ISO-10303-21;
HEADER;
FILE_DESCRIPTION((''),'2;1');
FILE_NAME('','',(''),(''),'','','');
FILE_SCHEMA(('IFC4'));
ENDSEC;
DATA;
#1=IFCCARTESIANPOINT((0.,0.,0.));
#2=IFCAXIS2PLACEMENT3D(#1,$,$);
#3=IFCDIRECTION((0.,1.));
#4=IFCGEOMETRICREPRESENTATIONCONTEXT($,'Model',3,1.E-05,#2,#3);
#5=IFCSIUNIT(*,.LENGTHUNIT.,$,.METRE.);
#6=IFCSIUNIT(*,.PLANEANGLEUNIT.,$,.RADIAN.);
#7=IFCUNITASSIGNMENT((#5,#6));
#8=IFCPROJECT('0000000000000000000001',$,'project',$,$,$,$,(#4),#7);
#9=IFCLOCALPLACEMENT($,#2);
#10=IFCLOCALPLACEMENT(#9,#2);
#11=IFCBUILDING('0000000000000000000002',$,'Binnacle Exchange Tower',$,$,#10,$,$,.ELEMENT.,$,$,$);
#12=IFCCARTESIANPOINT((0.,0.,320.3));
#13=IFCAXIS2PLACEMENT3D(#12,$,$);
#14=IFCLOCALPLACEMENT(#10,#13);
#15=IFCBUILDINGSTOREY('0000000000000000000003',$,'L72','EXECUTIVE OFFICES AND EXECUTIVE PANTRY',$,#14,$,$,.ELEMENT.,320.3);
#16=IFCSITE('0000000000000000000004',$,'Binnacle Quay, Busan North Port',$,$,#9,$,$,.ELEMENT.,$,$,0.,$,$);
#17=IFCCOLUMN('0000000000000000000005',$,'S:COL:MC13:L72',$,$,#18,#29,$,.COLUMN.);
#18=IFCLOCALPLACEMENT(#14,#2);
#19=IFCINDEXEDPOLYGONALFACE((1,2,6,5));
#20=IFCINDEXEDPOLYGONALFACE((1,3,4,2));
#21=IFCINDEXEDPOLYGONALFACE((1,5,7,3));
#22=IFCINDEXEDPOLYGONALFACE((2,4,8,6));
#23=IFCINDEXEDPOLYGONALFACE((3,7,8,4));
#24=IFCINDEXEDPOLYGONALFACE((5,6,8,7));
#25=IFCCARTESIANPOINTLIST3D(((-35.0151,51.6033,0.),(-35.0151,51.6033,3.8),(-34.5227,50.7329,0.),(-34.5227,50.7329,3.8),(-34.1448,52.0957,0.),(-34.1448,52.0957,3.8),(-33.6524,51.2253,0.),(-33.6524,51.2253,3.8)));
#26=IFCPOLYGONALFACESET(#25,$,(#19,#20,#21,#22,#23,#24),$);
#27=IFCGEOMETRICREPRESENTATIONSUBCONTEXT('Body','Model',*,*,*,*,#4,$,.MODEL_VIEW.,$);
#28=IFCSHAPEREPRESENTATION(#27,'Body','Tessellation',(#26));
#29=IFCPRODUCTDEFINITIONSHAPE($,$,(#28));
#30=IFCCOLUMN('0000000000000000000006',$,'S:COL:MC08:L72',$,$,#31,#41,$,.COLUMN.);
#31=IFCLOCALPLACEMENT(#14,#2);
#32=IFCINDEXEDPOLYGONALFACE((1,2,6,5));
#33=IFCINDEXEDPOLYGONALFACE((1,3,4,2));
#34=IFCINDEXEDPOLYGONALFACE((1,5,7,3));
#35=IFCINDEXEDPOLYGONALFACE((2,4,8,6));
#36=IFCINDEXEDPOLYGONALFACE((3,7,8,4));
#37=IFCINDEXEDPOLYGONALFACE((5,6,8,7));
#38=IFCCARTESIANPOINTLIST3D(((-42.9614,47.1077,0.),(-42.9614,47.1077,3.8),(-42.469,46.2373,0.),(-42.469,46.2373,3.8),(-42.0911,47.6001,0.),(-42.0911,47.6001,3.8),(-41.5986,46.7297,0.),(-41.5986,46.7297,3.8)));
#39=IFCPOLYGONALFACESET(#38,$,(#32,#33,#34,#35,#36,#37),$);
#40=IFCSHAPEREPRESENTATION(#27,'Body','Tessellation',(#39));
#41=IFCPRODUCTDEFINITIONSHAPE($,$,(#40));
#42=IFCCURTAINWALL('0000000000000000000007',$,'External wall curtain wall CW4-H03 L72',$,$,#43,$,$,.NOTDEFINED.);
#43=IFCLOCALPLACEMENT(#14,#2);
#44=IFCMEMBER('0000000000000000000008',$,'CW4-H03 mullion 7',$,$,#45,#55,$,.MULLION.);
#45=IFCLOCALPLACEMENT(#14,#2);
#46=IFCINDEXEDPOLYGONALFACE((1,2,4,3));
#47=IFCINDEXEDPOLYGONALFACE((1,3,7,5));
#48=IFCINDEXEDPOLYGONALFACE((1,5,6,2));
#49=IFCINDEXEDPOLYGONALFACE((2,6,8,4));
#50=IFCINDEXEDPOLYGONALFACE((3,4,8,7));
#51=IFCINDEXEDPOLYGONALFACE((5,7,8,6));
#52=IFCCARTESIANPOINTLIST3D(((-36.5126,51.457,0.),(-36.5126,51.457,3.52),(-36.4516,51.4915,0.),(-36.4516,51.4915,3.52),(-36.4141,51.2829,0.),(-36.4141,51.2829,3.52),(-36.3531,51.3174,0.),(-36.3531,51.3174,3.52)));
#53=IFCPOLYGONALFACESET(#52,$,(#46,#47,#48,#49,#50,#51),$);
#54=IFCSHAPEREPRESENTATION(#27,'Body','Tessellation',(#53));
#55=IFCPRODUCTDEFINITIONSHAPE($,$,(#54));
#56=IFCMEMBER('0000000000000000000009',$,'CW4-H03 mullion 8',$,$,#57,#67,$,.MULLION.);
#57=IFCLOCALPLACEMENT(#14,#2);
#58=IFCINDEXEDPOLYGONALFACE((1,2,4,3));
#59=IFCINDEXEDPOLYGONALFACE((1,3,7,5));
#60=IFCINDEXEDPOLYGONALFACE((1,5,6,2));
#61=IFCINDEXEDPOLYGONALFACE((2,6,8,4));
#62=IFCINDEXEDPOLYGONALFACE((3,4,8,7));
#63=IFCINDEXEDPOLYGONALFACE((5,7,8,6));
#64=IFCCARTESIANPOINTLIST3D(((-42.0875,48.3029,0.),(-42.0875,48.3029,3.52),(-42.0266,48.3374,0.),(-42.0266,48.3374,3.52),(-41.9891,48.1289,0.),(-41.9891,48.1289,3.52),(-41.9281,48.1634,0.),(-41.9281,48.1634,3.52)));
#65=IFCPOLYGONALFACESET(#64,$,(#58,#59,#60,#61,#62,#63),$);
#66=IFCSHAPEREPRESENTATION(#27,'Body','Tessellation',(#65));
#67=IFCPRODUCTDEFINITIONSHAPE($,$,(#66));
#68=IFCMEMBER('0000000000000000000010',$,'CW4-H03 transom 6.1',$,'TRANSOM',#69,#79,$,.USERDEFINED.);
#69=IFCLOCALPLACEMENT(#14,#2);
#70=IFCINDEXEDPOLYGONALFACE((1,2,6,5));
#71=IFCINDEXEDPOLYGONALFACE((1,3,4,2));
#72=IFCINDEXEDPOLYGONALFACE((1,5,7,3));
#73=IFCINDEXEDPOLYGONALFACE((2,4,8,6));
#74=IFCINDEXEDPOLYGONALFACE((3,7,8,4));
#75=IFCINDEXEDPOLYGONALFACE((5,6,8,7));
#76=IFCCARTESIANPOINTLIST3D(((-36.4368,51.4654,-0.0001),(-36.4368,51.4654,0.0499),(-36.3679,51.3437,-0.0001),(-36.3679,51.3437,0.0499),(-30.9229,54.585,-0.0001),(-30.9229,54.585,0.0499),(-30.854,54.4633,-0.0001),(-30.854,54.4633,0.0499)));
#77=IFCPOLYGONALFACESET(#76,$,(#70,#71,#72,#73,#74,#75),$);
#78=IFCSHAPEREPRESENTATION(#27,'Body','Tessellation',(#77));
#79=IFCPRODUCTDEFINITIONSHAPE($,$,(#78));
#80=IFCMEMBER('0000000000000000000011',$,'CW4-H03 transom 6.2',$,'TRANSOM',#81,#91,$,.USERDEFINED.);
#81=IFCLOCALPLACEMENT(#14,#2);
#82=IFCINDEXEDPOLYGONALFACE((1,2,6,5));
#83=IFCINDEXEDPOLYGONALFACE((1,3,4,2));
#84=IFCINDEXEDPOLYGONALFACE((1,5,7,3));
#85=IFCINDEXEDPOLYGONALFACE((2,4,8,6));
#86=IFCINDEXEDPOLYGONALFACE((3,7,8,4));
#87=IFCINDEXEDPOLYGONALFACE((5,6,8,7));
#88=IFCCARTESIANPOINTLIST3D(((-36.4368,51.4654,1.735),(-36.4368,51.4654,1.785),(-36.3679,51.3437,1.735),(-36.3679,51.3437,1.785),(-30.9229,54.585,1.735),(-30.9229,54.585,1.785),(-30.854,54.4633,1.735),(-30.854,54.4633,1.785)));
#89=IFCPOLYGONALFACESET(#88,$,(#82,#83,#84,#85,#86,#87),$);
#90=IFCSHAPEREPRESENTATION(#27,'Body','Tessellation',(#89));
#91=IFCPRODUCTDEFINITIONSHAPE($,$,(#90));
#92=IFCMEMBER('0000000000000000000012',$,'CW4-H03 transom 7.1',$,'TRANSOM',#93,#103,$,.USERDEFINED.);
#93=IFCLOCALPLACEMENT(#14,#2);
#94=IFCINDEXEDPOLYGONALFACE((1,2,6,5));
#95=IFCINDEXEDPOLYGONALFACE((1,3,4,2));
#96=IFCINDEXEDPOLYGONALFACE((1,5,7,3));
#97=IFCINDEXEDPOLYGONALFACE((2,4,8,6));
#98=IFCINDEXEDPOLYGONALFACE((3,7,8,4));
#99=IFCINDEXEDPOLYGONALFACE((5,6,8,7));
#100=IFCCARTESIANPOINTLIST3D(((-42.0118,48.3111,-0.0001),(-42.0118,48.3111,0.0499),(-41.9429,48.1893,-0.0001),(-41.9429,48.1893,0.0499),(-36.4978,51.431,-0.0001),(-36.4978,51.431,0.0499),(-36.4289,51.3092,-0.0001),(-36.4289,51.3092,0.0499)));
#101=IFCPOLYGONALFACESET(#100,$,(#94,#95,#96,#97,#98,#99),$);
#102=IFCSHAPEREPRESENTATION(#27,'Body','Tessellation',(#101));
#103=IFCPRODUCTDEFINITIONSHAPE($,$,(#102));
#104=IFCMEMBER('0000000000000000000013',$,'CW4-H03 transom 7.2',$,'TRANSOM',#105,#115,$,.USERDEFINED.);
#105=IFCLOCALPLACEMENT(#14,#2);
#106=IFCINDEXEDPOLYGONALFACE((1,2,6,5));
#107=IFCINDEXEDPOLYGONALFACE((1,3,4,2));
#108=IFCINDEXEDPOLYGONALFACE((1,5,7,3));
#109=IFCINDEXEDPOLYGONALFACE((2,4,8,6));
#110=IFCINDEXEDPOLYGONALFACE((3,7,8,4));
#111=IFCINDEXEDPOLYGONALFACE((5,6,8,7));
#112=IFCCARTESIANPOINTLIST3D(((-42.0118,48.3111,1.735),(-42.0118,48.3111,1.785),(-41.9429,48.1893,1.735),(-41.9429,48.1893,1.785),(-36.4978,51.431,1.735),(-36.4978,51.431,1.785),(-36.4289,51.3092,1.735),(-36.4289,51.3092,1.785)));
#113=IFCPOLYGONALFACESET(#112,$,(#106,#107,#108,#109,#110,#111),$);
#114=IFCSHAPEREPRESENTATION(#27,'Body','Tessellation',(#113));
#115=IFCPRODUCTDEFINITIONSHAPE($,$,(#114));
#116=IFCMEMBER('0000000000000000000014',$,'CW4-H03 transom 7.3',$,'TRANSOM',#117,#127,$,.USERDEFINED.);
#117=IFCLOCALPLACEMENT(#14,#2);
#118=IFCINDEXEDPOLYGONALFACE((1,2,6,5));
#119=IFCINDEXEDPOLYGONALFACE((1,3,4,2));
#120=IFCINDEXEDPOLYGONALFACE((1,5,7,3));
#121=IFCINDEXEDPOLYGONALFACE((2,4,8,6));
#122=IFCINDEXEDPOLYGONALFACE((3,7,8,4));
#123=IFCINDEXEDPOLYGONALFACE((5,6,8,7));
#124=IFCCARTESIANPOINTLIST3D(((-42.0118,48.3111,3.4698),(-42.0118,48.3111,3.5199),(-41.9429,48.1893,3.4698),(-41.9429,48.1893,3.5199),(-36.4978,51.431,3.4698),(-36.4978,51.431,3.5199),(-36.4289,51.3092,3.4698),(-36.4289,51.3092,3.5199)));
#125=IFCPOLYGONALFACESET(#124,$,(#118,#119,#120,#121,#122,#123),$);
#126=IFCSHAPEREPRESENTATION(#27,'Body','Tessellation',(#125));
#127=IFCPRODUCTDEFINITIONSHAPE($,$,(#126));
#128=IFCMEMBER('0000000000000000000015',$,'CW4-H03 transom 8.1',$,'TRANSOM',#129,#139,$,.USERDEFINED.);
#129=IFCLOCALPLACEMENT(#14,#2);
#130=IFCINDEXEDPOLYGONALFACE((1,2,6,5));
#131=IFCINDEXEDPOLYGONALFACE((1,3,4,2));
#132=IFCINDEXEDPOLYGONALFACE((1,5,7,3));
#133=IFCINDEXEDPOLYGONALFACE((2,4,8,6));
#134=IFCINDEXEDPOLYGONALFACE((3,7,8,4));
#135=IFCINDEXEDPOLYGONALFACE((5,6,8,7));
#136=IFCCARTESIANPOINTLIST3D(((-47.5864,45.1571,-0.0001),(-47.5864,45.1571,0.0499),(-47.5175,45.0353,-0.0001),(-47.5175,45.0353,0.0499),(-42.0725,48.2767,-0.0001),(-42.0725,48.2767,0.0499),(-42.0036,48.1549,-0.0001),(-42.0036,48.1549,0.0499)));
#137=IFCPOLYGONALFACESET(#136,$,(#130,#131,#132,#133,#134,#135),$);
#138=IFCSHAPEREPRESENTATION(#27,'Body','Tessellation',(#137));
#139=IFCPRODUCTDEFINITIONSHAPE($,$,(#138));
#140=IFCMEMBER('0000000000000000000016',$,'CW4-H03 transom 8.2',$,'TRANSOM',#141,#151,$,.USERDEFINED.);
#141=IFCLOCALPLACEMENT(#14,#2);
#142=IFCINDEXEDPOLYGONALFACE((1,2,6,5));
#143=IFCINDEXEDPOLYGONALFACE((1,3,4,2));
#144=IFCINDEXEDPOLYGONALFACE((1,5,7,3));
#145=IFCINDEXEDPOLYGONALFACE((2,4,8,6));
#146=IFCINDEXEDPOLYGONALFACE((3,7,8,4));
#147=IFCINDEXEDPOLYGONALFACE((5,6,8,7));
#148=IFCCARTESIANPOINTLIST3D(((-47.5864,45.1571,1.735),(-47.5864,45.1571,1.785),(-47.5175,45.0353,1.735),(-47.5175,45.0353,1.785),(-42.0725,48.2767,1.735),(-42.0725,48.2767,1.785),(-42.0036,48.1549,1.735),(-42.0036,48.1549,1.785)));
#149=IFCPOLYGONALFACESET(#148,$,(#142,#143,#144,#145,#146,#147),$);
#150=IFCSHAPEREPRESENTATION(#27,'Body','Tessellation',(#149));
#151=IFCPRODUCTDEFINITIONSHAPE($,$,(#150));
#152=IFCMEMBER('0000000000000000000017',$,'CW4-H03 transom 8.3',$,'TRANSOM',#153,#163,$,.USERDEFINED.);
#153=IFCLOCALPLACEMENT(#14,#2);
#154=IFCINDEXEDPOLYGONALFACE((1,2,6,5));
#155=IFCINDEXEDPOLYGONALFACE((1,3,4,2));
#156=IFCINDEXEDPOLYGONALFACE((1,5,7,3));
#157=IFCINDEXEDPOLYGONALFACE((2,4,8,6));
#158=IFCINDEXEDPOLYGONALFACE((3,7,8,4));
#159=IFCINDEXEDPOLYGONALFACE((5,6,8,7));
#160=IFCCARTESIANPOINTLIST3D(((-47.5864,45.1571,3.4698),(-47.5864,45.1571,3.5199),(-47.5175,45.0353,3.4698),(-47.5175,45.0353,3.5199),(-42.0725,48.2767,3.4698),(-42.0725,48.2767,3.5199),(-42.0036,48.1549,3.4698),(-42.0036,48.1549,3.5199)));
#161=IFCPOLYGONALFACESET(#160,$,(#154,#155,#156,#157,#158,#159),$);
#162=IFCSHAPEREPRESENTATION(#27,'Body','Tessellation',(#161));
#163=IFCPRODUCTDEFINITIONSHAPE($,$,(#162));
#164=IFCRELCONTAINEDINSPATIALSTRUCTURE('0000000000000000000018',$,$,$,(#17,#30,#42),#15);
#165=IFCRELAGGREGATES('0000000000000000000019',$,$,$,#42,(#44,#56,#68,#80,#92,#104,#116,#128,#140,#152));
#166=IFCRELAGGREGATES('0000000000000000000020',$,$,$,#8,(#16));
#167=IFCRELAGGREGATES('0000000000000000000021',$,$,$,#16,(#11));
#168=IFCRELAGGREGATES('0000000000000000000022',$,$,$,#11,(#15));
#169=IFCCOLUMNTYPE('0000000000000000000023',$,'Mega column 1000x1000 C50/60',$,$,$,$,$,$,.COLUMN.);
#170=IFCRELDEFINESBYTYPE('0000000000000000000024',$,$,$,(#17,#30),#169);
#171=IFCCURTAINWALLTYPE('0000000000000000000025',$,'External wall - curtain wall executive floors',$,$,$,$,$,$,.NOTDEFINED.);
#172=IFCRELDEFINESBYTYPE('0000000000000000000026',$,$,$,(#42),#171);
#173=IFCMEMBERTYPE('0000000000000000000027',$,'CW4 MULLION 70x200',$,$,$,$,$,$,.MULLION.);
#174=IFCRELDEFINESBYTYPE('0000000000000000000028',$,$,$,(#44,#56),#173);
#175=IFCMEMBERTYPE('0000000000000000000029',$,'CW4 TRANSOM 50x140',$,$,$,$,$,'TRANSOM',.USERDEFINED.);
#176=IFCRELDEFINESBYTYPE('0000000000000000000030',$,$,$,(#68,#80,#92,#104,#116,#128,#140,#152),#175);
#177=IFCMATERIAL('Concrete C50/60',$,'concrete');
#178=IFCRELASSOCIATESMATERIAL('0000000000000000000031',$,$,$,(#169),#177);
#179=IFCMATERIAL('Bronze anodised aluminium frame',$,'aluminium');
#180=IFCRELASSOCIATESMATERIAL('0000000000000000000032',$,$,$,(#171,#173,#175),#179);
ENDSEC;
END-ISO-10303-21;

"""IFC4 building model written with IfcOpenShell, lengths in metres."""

from ifc_helpers import new_model, si_unit, direction, frame, origin, origin_2d, place, context, subcontext, project, spatial, rectangle, extrude, material, material_profile, profile_set, type_object, element, aggregate, save


model = new_model("IFC4")

# Units and contexts
model_context = context("Model", 3, precision=1e-05, world=origin(), true_north=direction((0.0, 1.0)))
body_context = subcontext(model_context, "Body", "Model", "MODEL_VIEW")
ifc_project = project(units=[si_unit("LENGTHUNIT", "METRE"), si_unit("PLANEANGLEUNIT", "RADIAN")], contexts=[model_context])

# Site, building, storey
site_placement = place(None, origin())
site = spatial("IfcSite", under=ifc_project, at=site_placement, Name="Binnacle Quay, Busan North Port", CompositionType="ELEMENT", RefElevation=0.0)
building_placement = place(site_placement, origin())
building = spatial("IfcBuilding", under=site, at=building_placement, Name="Binnacle Exchange Tower", CompositionType="ELEMENT")
storey_placement = place(building_placement, frame((0.0, 0.0, 320.3)))
storey = spatial("IfcBuildingStorey", under=building, at=storey_placement, Name="L72", Description="EXECUTIVE OFFICES AND EXECUTIVE PANTRY", CompositionType="ELEMENT", Elevation=320.3)

# Columns
ifc_material_1 = material(Name="Concrete C50/60", Category="concrete")
ifc_material_profile_1 = material_profile(ifc_material_1, rectangle(XDim=1.0, YDim=1.0, at=origin_2d()), Name="Mega column 1000x1000 C50/60")
ifc_profile_set_1 = profile_set([ifc_material_profile_1], Name="Concrete C50/60")
column_type = type_object("IfcColumnType", Name="Mega column 1000x1000 C50/60", PredefinedType="COLUMN", material=ifc_profile_set_1)
for number, where, z_axis, x_axis, name in (
    (1, (-34.3337, 51.4143, 0.0), (0.0, 0.0, 1.0), (-0.870356, -0.492424, 0.0), "S:COL:MC13:L72"),
    (2, (-42.28, 46.9187, 0.0), (0.0, 0.0, 1.0), (-0.870356, -0.492424, 0.0), "S:COL:MC08:L72"),
):
    element("IfcColumn", number, at=place(storey_placement, frame(where, z_axis=z_axis, x_axis=x_axis)), inside=storey, type_object=column_type, Name=name, PredefinedType="COLUMN", context=body_context, shape_type="SweptSolid", body=[
        extrude(rectangle(XDim=1.0, YDim=1.0, at=origin_2d()), origin(), (0.0, 0.0, 1.0), 3.8),
    ])

# Curtain wall, members
ifc_material_2 = material(Name="Bronze anodised aluminium frame", Category="aluminium")
curtain_wall_type = type_object("IfcCurtainWallType", Name="External wall - curtain wall executive floors", PredefinedType="NOTDEFINED", material=ifc_material_2)
curtain_wall_placement = place(storey_placement, origin())
curtain_wall = element("IfcCurtainWall", 3, at=curtain_wall_placement, inside=storey, type_object=curtain_wall_type, Name="External wall curtain wall CW4-H03 L72", PredefinedType="NOTDEFINED")
ifc_material_profile_2 = material_profile(ifc_material_2, rectangle(XDim=0.2, YDim=0.0701, at=origin_2d()), Name="AL 70x200")
ifc_profile_set_2 = profile_set([ifc_material_profile_2], Name="Bronze anodised aluminium frame")
member_type_1 = type_object("IfcMemberType", Name="CW4 MULLION 70x200", PredefinedType="MULLION", material=ifc_profile_set_2)
member_1_placement = place(storey_placement, frame((-36.4329, 51.3872, 0.0), z_axis=(0.0, 0.0, 1.0), x_axis=(0.492424, -0.870356, 0.0)))
member_1 = element("IfcMember", 4, at=member_1_placement, type_object=member_type_1, Name="CW4-H03 mullion 7", PredefinedType="MULLION", context=body_context, shape_type="SweptSolid", body=[
    extrude(rectangle(XDim=0.2, YDim=0.0701, at=origin_2d()), origin(), (0.0, 0.0, 1.0), 3.52),
])
member_2_placement = place(storey_placement, frame((-42.0078, 48.2332, 0.0), z_axis=(0.0, 0.0, 1.0), x_axis=(0.492424, -0.870356, 0.0)))
member_2 = element("IfcMember", 5, at=member_2_placement, type_object=member_type_1, Name="CW4-H03 mullion 8", PredefinedType="MULLION", context=body_context, shape_type="SweptSolid", body=[
    extrude(rectangle(XDim=0.2, YDim=0.0701, at=origin_2d()), origin(), (0.0, 0.0, 1.0), 3.52),
])
ifc_material_profile_3 = material_profile(ifc_material_2, rectangle(XDim=0.1399, YDim=0.05, at=origin_2d()), Name="AL 140x50")
ifc_profile_set_3 = profile_set([ifc_material_profile_3], Name="Bronze anodised aluminium frame")
member_type_2 = type_object("IfcMemberType", Name="CW4 TRANSOM 50x140", ElementType="TRANSOM", PredefinedType="USERDEFINED", material=ifc_profile_set_3)
member_3_placement = place(storey_placement, frame((-30.8884, 54.5242, 0.0249), z_axis=(-0.870355, -0.492424, 0.0), x_axis=(0.492424, -0.870355, 0.0)))
member_3 = element("IfcMember", 6, at=member_3_placement, type_object=member_type_2, Name="CW4-H03 transom 6.1", ObjectType="TRANSOM", PredefinedType="USERDEFINED", context=body_context, shape_type="SweptSolid", body=[
    extrude(rectangle(XDim=0.1399, YDim=0.05, at=origin_2d()), origin(), (0.0, 0.0, 1.0), 6.3352),
])
member_4_placement = place(storey_placement, frame((-30.8884, 54.5242, 1.76), z_axis=(-0.870355, -0.492424, 0.0), x_axis=(0.492424, -0.870355, 0.0)))
member_4 = element("IfcMember", 7, at=member_4_placement, type_object=member_type_2, Name="CW4-H03 transom 6.2", ObjectType="TRANSOM", PredefinedType="USERDEFINED", context=body_context, shape_type="SweptSolid", body=[
    extrude(rectangle(XDim=0.1399, YDim=0.05, at=origin_2d()), origin(), (0.0, 0.0, 1.0), 6.3352),
])
member_5_placement = place(storey_placement, frame((-36.4634, 51.3701, 0.0249), z_axis=(-0.870339, -0.492453, 0.0), x_axis=(0.492453, -0.870339, 0.0)))
member_5 = element("IfcMember", 8, at=member_5_placement, type_object=member_type_2, Name="CW4-H03 transom 7.1", ObjectType="TRANSOM", PredefinedType="USERDEFINED", context=body_context, shape_type="SweptSolid", body=[
    extrude(rectangle(XDim=0.1399, YDim=0.05, at=origin_2d()), origin(), (0.0, 0.0, 1.0), 6.3354),
])
member_6_placement = place(storey_placement, frame((-36.4634, 51.3701, 1.76), z_axis=(-0.870339, -0.492453, 0.0), x_axis=(0.492453, -0.870339, 0.0)))
member_6 = element("IfcMember", 9, at=member_6_placement, type_object=member_type_2, Name="CW4-H03 transom 7.2", ObjectType="TRANSOM", PredefinedType="USERDEFINED", context=body_context, shape_type="SweptSolid", body=[
    extrude(rectangle(XDim=0.1399, YDim=0.05, at=origin_2d()), origin(), (0.0, 0.0, 1.0), 6.3354),
])
member_7_placement = place(storey_placement, frame((-36.4634, 51.3701, 3.4949), z_axis=(-0.870339, -0.492453, 0.0), x_axis=(0.492453, -0.870339, 0.0)))
member_7 = element("IfcMember", 10, at=member_7_placement, type_object=member_type_2, Name="CW4-H03 transom 7.3", ObjectType="TRANSOM", PredefinedType="USERDEFINED", context=body_context, shape_type="SweptSolid", body=[
    extrude(rectangle(XDim=0.1399, YDim=0.05, at=origin_2d()), origin(), (0.0, 0.0, 1.0), 6.3354),
])
member_8_placement = place(storey_placement, frame((-42.0381, 48.2158, 0.0249), z_axis=(-0.870355, -0.492424, 0.0), x_axis=(0.492424, -0.870355, 0.0)))
member_8 = element("IfcMember", 11, at=member_8_placement, type_object=member_type_2, Name="CW4-H03 transom 8.1", ObjectType="TRANSOM", PredefinedType="USERDEFINED", context=body_context, shape_type="SweptSolid", body=[
    extrude(rectangle(XDim=0.1399, YDim=0.05, at=origin_2d()), origin(), (0.0, 0.0, 1.0), 6.3352),
])
member_9_placement = place(storey_placement, frame((-42.0381, 48.2158, 1.76), z_axis=(-0.870355, -0.492424, 0.0), x_axis=(0.492424, -0.870355, 0.0)))
member_9 = element("IfcMember", 12, at=member_9_placement, type_object=member_type_2, Name="CW4-H03 transom 8.2", ObjectType="TRANSOM", PredefinedType="USERDEFINED", context=body_context, shape_type="SweptSolid", body=[
    extrude(rectangle(XDim=0.1399, YDim=0.05, at=origin_2d()), origin(), (0.0, 0.0, 1.0), 6.3352),
])
member_10_placement = place(storey_placement, frame((-42.0381, 48.2158, 3.4949), z_axis=(-0.870355, -0.492424, 0.0), x_axis=(0.492424, -0.870355, 0.0)))
member_10 = element("IfcMember", 13, at=member_10_placement, type_object=member_type_2, Name="CW4-H03 transom 8.3", ObjectType="TRANSOM", PredefinedType="USERDEFINED", context=body_context, shape_type="SweptSolid", body=[
    extrude(rectangle(XDim=0.1399, YDim=0.05, at=origin_2d()), origin(), (0.0, 0.0, 1.0), 6.3352),
])

aggregate(curtain_wall, [member_1, member_2, member_3, member_4, member_5, member_6, member_7, member_8, member_9, member_10])

save(model, "model.ifc")
